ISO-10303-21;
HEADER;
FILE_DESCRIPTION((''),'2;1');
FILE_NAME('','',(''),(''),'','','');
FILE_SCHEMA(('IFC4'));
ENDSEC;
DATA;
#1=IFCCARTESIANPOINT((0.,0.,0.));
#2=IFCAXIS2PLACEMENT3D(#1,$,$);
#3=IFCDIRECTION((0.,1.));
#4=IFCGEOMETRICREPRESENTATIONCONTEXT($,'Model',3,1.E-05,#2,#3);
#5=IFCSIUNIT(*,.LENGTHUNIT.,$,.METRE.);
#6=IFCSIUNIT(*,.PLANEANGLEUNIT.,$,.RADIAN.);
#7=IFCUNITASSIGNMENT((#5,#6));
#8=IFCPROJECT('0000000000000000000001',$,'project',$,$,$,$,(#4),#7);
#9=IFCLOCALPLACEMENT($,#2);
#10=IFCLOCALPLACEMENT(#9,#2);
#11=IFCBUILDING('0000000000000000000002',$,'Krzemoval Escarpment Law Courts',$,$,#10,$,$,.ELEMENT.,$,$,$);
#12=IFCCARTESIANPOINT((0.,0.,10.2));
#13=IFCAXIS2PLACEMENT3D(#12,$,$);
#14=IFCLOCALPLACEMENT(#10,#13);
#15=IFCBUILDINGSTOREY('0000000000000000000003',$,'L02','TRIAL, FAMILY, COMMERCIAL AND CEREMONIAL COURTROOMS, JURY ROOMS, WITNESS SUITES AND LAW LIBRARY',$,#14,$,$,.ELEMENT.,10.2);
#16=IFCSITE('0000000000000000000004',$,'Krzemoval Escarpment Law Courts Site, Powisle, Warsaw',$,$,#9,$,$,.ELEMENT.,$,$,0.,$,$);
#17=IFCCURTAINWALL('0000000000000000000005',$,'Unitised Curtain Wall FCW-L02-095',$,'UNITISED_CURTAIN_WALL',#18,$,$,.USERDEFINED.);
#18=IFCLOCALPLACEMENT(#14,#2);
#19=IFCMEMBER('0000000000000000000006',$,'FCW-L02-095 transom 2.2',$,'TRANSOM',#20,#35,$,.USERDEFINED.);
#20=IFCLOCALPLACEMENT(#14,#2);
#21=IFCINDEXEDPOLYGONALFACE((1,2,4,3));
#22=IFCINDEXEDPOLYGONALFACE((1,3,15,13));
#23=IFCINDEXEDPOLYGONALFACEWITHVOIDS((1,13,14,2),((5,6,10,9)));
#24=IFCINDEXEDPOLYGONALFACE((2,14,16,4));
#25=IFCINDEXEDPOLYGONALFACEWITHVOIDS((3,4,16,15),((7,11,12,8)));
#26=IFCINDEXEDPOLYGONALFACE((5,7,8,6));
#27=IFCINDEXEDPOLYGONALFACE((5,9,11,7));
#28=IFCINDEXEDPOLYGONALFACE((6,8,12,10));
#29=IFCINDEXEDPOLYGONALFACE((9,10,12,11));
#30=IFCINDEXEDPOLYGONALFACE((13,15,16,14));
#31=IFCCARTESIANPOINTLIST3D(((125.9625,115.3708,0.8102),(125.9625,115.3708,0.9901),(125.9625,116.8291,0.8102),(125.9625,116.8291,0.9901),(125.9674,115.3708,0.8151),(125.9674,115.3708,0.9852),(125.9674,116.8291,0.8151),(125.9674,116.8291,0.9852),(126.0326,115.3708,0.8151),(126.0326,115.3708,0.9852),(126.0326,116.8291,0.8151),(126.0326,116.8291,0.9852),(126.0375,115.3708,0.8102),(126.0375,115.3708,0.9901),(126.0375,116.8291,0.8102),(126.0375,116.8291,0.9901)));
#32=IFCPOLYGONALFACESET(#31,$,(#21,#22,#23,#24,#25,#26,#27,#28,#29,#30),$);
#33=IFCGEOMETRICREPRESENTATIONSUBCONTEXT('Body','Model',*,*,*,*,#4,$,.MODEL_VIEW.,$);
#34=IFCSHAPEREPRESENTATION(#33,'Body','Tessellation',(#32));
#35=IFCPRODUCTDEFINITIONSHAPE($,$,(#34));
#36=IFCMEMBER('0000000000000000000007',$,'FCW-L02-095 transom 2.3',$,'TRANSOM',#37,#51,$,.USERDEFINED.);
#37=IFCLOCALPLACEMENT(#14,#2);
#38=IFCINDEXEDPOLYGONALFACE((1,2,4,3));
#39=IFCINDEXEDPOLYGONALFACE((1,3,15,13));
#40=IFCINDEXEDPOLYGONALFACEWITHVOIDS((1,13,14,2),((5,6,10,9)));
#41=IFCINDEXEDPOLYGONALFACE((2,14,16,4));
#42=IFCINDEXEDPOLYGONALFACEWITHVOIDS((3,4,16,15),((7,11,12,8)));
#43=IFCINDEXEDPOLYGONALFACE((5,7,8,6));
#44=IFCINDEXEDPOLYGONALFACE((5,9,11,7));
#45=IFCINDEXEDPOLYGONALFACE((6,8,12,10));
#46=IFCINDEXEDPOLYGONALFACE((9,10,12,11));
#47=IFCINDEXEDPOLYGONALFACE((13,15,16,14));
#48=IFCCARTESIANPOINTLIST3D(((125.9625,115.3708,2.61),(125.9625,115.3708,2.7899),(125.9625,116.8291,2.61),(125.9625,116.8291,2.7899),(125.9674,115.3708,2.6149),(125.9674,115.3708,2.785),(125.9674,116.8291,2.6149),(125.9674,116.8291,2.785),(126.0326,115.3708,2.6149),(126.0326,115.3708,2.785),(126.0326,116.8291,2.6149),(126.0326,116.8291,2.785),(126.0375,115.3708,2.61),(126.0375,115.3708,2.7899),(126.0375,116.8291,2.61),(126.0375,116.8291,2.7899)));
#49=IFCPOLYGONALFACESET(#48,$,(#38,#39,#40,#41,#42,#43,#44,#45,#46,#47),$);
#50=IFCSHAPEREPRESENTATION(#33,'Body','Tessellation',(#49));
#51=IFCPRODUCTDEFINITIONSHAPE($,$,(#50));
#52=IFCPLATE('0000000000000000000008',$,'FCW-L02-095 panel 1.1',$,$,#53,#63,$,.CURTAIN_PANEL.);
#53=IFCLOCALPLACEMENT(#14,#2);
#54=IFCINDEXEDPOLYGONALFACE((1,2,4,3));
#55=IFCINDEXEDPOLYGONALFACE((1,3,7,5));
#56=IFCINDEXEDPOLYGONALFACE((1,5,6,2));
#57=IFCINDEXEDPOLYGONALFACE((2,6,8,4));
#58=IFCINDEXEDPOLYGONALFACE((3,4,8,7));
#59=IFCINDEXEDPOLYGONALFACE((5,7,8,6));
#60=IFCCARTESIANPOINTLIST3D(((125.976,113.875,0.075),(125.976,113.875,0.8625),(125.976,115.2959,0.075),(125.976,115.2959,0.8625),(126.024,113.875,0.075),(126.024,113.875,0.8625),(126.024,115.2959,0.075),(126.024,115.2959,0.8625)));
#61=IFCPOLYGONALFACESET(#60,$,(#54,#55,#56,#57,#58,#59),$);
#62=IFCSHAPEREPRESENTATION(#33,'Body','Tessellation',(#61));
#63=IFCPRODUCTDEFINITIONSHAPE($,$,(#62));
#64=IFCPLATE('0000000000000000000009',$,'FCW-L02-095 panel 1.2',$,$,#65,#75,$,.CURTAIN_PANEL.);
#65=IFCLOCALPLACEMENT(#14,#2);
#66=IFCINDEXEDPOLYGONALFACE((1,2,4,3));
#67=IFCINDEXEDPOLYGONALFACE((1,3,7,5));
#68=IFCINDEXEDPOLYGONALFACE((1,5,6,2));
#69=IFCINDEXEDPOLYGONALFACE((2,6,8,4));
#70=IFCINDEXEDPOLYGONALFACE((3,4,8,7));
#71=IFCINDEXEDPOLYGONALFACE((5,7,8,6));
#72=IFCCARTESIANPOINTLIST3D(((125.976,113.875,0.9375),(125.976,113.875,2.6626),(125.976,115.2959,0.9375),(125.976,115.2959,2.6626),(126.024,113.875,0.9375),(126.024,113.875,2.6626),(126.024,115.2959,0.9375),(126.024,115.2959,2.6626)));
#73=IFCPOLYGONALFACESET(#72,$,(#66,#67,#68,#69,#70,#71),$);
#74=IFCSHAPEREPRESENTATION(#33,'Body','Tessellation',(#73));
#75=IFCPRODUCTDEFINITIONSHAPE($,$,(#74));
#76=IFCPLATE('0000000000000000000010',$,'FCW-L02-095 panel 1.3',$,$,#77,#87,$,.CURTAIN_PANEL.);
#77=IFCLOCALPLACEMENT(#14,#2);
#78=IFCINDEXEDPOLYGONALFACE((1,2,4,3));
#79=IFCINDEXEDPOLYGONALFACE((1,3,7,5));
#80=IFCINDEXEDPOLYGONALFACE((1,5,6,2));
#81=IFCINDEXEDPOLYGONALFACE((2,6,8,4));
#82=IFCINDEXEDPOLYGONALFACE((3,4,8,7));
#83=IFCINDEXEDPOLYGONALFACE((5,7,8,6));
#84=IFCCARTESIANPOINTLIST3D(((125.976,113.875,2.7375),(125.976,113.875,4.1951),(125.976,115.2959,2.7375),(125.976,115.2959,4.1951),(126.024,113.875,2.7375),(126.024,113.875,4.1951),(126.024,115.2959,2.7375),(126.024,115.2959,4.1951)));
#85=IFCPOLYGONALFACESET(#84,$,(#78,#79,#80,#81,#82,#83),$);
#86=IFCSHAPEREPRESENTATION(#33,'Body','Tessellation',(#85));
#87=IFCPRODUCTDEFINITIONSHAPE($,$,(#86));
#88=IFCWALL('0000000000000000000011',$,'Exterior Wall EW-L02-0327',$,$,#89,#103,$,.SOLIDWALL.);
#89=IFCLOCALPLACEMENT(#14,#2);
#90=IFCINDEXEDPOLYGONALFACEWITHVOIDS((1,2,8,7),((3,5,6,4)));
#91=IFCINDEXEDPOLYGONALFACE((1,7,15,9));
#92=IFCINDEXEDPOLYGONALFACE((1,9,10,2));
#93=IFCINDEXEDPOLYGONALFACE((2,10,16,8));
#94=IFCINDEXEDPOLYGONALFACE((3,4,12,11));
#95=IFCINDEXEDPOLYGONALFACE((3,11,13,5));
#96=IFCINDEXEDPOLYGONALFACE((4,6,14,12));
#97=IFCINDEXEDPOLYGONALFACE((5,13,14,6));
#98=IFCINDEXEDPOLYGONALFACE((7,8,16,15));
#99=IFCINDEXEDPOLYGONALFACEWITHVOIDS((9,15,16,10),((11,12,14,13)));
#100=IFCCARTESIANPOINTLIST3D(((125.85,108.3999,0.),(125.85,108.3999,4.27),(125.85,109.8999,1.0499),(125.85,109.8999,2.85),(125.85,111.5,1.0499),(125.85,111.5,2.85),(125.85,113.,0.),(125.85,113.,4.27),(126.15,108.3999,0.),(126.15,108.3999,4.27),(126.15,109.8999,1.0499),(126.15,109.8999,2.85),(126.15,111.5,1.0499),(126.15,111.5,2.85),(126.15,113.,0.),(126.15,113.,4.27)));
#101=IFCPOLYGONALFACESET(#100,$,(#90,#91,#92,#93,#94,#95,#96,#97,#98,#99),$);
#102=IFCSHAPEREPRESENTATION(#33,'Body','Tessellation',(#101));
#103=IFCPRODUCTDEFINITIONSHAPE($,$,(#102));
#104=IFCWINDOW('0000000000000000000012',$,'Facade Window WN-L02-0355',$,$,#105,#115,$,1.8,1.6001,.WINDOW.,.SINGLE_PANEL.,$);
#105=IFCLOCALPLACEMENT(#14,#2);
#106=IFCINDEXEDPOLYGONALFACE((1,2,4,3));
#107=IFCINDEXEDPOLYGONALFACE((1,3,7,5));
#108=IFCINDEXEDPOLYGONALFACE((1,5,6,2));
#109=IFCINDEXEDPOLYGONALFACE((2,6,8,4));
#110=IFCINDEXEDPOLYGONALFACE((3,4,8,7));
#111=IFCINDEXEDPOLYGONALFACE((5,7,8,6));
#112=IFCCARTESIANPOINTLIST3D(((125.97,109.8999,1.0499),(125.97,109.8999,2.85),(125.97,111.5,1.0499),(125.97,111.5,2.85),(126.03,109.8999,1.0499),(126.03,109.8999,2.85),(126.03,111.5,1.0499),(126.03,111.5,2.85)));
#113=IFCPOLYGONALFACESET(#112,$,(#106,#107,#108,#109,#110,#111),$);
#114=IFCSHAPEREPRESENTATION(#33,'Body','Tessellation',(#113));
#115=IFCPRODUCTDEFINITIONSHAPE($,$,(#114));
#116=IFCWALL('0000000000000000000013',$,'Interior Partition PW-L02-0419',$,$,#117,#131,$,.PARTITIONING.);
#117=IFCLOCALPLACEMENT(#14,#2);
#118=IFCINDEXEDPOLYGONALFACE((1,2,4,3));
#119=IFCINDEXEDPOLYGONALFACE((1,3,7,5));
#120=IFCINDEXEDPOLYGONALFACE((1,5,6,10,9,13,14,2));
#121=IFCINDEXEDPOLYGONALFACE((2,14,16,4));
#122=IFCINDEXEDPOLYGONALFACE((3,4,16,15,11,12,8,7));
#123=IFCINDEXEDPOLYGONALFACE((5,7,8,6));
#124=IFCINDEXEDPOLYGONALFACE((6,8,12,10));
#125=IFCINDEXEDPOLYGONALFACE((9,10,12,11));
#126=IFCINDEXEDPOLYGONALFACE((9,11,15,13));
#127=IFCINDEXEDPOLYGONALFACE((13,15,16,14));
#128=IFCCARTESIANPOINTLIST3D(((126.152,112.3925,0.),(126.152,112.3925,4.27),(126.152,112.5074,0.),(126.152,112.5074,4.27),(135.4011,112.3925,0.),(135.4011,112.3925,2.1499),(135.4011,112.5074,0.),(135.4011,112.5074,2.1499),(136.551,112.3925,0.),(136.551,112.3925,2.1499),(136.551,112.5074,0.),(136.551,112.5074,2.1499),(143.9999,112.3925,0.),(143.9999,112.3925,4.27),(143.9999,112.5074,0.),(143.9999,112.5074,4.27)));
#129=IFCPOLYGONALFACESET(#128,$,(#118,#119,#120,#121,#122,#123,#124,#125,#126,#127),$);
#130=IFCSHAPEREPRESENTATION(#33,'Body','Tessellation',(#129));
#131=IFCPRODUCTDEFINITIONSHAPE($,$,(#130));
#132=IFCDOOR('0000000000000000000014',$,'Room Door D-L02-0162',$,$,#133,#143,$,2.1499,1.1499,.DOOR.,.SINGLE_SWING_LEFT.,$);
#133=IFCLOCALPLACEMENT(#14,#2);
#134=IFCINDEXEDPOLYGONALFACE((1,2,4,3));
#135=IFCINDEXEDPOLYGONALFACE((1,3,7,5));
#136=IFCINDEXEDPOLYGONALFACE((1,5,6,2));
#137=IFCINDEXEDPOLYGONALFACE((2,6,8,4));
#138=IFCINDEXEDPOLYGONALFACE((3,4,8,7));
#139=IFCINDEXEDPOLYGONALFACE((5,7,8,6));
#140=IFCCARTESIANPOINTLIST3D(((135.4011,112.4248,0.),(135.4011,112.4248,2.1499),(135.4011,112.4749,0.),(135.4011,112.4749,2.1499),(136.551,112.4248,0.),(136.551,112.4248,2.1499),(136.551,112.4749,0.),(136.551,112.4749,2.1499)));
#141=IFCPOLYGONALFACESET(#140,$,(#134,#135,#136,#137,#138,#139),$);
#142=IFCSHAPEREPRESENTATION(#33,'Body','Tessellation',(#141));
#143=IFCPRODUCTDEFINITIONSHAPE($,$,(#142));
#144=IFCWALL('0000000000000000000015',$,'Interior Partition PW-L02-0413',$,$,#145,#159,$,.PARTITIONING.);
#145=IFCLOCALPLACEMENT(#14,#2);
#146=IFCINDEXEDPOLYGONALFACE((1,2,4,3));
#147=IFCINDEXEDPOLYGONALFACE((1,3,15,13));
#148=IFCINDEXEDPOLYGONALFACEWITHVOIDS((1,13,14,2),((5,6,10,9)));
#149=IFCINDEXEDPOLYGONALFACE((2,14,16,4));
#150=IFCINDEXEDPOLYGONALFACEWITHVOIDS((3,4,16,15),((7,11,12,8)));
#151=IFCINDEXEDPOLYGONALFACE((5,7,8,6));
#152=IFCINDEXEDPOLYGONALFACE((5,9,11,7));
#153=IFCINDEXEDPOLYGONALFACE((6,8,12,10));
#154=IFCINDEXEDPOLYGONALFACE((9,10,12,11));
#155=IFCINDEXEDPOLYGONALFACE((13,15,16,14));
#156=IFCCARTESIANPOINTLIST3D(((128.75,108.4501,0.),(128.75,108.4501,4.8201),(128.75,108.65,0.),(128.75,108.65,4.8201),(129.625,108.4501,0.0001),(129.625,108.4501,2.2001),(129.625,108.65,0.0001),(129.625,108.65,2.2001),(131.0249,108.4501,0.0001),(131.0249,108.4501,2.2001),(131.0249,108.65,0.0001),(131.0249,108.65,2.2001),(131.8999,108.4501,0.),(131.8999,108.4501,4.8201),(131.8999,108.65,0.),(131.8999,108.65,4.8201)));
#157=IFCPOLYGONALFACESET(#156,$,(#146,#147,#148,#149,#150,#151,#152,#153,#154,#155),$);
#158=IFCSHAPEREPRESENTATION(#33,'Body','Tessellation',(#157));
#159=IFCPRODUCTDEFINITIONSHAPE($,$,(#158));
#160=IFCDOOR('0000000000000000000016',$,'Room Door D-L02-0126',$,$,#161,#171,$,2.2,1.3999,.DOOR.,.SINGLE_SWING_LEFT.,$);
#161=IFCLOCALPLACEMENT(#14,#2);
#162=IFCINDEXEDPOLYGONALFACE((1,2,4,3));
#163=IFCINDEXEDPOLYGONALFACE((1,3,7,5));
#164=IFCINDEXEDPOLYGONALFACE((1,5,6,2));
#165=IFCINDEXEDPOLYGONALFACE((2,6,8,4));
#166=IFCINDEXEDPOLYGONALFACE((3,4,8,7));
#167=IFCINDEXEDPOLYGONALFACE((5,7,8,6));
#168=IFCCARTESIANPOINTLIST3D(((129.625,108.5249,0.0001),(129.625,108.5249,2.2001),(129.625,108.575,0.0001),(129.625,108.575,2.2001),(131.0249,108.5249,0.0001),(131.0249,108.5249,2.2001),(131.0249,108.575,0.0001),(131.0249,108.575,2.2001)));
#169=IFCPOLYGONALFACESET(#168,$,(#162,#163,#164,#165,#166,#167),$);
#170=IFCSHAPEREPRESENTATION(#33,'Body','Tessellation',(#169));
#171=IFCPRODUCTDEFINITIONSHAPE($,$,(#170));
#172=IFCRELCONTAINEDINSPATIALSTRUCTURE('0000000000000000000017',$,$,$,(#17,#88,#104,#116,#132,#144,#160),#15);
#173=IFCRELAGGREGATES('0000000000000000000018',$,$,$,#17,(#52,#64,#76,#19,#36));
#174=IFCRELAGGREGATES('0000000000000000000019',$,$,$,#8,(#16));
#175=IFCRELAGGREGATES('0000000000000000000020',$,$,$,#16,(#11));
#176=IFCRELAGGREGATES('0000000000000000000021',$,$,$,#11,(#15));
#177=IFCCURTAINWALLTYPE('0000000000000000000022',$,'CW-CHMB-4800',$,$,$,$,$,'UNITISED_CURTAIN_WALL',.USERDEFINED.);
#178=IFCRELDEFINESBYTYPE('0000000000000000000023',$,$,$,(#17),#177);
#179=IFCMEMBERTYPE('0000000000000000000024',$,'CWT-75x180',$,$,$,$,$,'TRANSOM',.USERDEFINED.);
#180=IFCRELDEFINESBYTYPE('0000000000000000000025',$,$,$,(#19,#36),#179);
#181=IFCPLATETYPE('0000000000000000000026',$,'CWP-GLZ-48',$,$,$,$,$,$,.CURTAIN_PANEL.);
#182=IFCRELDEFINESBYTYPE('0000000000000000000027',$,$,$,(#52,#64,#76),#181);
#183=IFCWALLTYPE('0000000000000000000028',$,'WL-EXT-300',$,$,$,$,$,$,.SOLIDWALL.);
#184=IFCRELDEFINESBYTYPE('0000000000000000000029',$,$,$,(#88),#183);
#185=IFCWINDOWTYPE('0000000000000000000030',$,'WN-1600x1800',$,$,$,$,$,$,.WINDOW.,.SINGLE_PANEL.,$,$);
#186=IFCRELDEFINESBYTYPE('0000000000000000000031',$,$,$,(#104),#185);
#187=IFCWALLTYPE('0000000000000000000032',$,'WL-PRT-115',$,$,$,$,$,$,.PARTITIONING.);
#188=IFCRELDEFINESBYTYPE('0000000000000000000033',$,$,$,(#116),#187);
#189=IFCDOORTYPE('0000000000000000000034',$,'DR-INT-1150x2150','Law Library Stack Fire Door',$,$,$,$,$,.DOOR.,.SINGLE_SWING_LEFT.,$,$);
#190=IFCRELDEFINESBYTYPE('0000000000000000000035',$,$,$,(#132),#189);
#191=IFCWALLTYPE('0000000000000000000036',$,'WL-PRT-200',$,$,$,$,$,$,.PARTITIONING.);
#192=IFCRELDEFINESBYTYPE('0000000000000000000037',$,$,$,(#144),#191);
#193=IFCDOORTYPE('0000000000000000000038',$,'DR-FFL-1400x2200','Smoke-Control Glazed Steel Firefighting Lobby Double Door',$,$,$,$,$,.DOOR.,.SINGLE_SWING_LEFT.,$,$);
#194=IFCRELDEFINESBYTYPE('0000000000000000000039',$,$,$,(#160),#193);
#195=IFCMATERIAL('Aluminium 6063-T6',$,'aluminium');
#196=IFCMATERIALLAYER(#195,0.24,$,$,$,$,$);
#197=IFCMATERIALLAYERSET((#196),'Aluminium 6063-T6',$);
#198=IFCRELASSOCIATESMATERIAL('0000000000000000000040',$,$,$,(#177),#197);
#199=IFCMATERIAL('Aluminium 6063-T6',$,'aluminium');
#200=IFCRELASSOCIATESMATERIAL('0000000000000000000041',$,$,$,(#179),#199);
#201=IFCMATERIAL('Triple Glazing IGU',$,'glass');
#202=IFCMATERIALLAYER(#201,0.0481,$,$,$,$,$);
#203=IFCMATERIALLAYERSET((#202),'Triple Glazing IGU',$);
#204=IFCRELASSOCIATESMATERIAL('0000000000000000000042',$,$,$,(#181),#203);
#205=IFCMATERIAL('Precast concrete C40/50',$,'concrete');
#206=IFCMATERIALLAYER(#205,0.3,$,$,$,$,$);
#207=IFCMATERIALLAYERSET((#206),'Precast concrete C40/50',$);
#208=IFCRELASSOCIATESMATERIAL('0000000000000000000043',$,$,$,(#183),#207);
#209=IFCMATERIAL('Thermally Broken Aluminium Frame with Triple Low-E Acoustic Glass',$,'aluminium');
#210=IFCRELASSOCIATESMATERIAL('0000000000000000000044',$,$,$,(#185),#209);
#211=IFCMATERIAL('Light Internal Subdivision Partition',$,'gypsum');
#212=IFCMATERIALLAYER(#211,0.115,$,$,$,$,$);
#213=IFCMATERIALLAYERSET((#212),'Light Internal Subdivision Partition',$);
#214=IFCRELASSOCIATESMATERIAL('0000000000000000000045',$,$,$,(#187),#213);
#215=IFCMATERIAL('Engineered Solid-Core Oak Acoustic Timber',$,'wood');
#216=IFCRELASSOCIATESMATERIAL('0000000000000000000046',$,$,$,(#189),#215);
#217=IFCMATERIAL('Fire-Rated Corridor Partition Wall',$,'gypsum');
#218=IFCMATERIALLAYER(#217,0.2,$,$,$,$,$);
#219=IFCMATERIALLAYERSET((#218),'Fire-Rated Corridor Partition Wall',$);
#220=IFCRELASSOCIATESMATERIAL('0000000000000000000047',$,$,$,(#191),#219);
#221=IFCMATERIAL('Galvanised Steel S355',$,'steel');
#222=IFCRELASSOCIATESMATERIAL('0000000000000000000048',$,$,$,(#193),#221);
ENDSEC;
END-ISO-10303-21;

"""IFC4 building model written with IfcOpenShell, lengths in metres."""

from ifc_helpers import new_model, si_unit, direction, frame, frame_2d, origin, origin_2d, place, context, subcontext, project, spatial, rectangle, hollow_rectangle, extrude, material, layer, layer_set, material_profile, profile_set, type_object, element, fill, aggregate, save


model = new_model("IFC4")

# Units and contexts
model_context = context("Model", 3, precision=1e-05, world=origin(), true_north=direction((0.0, 1.0)))
body_context = subcontext(model_context, "Body", "Model", "MODEL_VIEW")
ifc_project = project(units=[si_unit("LENGTHUNIT", "METRE"), si_unit("PLANEANGLEUNIT", "RADIAN")], contexts=[model_context])

# Site, building, storey
site_placement = place(None, origin())
site = spatial("IfcSite", under=ifc_project, at=site_placement, Name="Krzemoval Escarpment Law Courts Site, Powisle, Warsaw", CompositionType="ELEMENT", RefElevation=0.0)
building_placement = place(site_placement, origin())
building = spatial("IfcBuilding", under=site, at=building_placement, Name="Krzemoval Escarpment Law Courts", CompositionType="ELEMENT")
storey_placement = place(building_placement, frame((0.0, 0.0, 10.2)))
storey = spatial("IfcBuildingStorey", under=building, at=storey_placement, Name="L02", Description="TRIAL, FAMILY, COMMERCIAL AND CEREMONIAL COURTROOMS, JURY ROOMS, WITNESS SUITES AND LAW LIBRARY", CompositionType="ELEMENT", Elevation=10.2)

# Curtain wall, members, plates
ifc_material_1 = material(Name="Aluminium 6063-T6", Category="aluminium")
ifc_layer_1 = layer(ifc_material_1, 0.24)
ifc_layer_set_1 = layer_set([ifc_layer_1], Name="Aluminium 6063-T6")
curtain_wall_type = type_object("IfcCurtainWallType", Name="CW-CHMB-4800", ElementType="UNITISED_CURTAIN_WALL", PredefinedType="USERDEFINED", material=ifc_layer_set_1)
curtain_wall_placement = place(storey_placement, origin())
curtain_wall = element("IfcCurtainWall", 1, at=curtain_wall_placement, inside=storey, type_object=curtain_wall_type, Name="Unitised Curtain Wall FCW-L02-095", ObjectType="UNITISED_CURTAIN_WALL", PredefinedType="USERDEFINED")
ifc_material_2 = material(Name="Aluminium 6063-T6", Category="aluminium")
ifc_material_profile_1 = material_profile(ifc_material_2, hollow_rectangle(XDim=0.075, YDim=0.1799, WallThickness=0.0049, at=origin_2d()), Name="ALU T75x180")
ifc_profile_set_1 = profile_set([ifc_material_profile_1], Name="Aluminium 6063-T6")
member_type_1 = type_object("IfcMemberType", Name="CWT-75x180", ElementType="TRANSOM", PredefinedType="USERDEFINED", material=ifc_profile_set_1)
member_1_placement = place(storey_placement, frame((126.0, 115.3708, 0.9001), z_axis=(0.0, 1.0, 0.0), x_axis=(-1.0, 0.0, 0.0)))
member_1 = element("IfcMember", 2, at=member_1_placement, type_object=member_type_1, Name="FCW-L02-095 transom 2.2", ObjectType="TRANSOM", PredefinedType="USERDEFINED", context=body_context, shape_type="SweptSolid", body=[
    extrude(hollow_rectangle(XDim=0.075, YDim=0.1799, WallThickness=0.0049, at=origin_2d()), origin(), (0.0, 0.0, 1.0), 1.4583),
])
member_2_placement = place(storey_placement, frame((126.0, 115.3708, 2.7), z_axis=(0.0, 1.0, 0.0), x_axis=(-1.0, 0.0, 0.0)))
member_2 = element("IfcMember", 3, at=member_2_placement, type_object=member_type_1, Name="FCW-L02-095 transom 2.3", ObjectType="TRANSOM", PredefinedType="USERDEFINED", context=body_context, shape_type="SweptSolid", body=[
    extrude(hollow_rectangle(XDim=0.075, YDim=0.1799, WallThickness=0.0049, at=origin_2d()), origin(), (0.0, 0.0, 1.0), 1.4583),
])
ifc_material_3 = material(Name="Triple Glazing IGU", Category="glass")
ifc_layer_2 = layer(ifc_material_3, 0.0481)
ifc_layer_set_2 = layer_set([ifc_layer_2], Name="Triple Glazing IGU")
plate_type = type_object("IfcPlateType", Name="CWP-GLZ-48", PredefinedType="CURTAIN_PANEL", material=ifc_layer_set_2)
plate_1_placement = place(storey_placement, frame((126.0, 114.5854, 0.075), z_axis=(0.0, 0.0, 1.0), x_axis=(0.0, 1.0, 0.0)))
plate_1 = element("IfcPlate", 4, at=plate_1_placement, type_object=plate_type, Name="FCW-L02-095 panel 1.1", PredefinedType="CURTAIN_PANEL", context=body_context, shape_type="SweptSolid", body=[
    extrude(rectangle(XDim=1.4209, YDim=0.0481, at=origin_2d()), origin(), (0.0, 0.0, 1.0), 0.7876),
])
plate_2_placement = place(storey_placement, frame((126.0, 114.5854, 0.9375), z_axis=(0.0, 0.0, 1.0), x_axis=(0.0, 1.0, 0.0)))
plate_2 = element("IfcPlate", 5, at=plate_2_placement, type_object=plate_type, Name="FCW-L02-095 panel 1.2", PredefinedType="CURTAIN_PANEL", context=body_context, shape_type="SweptSolid", body=[
    extrude(rectangle(XDim=1.4209, YDim=0.0481, at=origin_2d()), origin(), (0.0, 0.0, 1.0), 1.7251),
])
plate_3_placement = place(storey_placement, frame((126.0, 114.5854, 2.7375), z_axis=(0.0, 0.0, 1.0), x_axis=(0.0, 1.0, 0.0)))
plate_3 = element("IfcPlate", 6, at=plate_3_placement, type_object=plate_type, Name="FCW-L02-095 panel 1.3", PredefinedType="CURTAIN_PANEL", context=body_context, shape_type="SweptSolid", body=[
    extrude(rectangle(XDim=1.4209, YDim=0.0481, at=origin_2d()), origin(), (0.0, 0.0, 1.0), 1.4575),
])
aggregate(curtain_wall, [plate_1, plate_2, plate_3, member_1, member_2])

# Wall, opening, window
ifc_material_4 = material(Name="Precast concrete C40/50", Category="concrete")
ifc_layer_3 = layer(ifc_material_4, 0.3)
ifc_layer_set_3 = layer_set([ifc_layer_3], Name="Precast concrete C40/50")
wall_type_1 = type_object("IfcWallType", Name="WL-EXT-300", PredefinedType="SOLIDWALL", material=ifc_layer_set_3)
wall_1_placement = place(storey_placement, frame((126.0, 108.3999, 0.0), z_axis=(0.0, 0.0, 1.0), x_axis=(0.0, 1.0, 0.0)))
wall_1 = element("IfcWall", 7, at=wall_1_placement, inside=storey, type_object=wall_type_1, Name="Exterior Wall EW-L02-0327", PredefinedType="SOLIDWALL", context=body_context, shape_type="SweptSolid", body=[
    extrude(rectangle(XDim=4.6001, YDim=0.3, at=frame_2d((2.3, 0.0))), origin(), (0.0, 0.0, 1.0), 4.27),
])
opening_1_placement = place(wall_1_placement, frame((1.5, 0.0, 1.05)))
opening_1 = element("IfcOpeningElement", 8, at=opening_1_placement, cuts=wall_1, PredefinedType="OPENING", context=body_context, shape_type="SweptSolid", body=[
    extrude(rectangle(XDim=1.6001, YDim=1.8, at=frame_2d((0.8, 0.8999))), frame((0.0, 0.165, 0.0), z_axis=(0.0, -1.0, 0.0), x_axis=(1.0, 0.0, 0.0)), (0.0, 0.0, 1.0), 0.3301),
])
ifc_material_5 = material(Name="Thermally Broken Aluminium Frame with Triple Low-E Acoustic Glass", Category="aluminium")
window_type = type_object("IfcWindowType", Name="WN-1600x1800", PartitioningType="SINGLE_PANEL", PredefinedType="WINDOW", material=ifc_material_5)
window_placement = place(opening_1_placement, origin())
window = element("IfcWindow", 9, at=window_placement, inside=storey, type_object=window_type, Name="Facade Window WN-L02-0355", OverallHeight=1.8, OverallWidth=1.6001, PartitioningType="SINGLE_PANEL", PredefinedType="WINDOW", context=body_context, shape_type="SweptSolid", body=[
    extrude(rectangle(XDim=1.6001, YDim=1.8, at=frame_2d((0.8, 0.8999))), frame((0.0, 0.03, 0.0), z_axis=(0.0, -1.0, 0.0), x_axis=(1.0, 0.0, 0.0)), (0.0, 0.0, 1.0), 0.0601),
])
fill(opening_1, window)

# Walls, openings, doors
ifc_material_6 = material(Name="Light Internal Subdivision Partition", Category="gypsum")
ifc_layer_4 = layer(ifc_material_6, 0.115)
ifc_layer_set_4 = layer_set([ifc_layer_4], Name="Light Internal Subdivision Partition")
wall_type_2 = type_object("IfcWallType", Name="WL-PRT-115", PredefinedType="PARTITIONING", material=ifc_layer_set_4)
wall_2_placement = place(storey_placement, frame((126.1521, 112.45, 0.0), z_axis=(0.0, 0.0, 1.0), x_axis=(1.0, 0.0, 0.0)))
wall_2 = element("IfcWall", 10, at=wall_2_placement, inside=storey, type_object=wall_type_2, Name="Interior Partition PW-L02-0419", PredefinedType="PARTITIONING", context=body_context, shape_type="SweptSolid", body=[
    extrude(rectangle(XDim=17.8479, YDim=0.115, at=frame_2d((8.9238, 0.0))), origin(), (0.0, 0.0, 1.0), 4.27),
])
opening_2_placement = place(wall_2_placement, frame((9.249, 0.0, 0.0)))
opening_2 = element("IfcOpeningElement", 11, at=opening_2_placement, cuts=wall_2, PredefinedType="OPENING", context=body_context, shape_type="SweptSolid", body=[
    extrude(rectangle(XDim=1.1499, YDim=2.1499, at=frame_2d((0.575, 1.075))), frame((0.0, 0.0725, 0.0), z_axis=(0.0, -1.0, 0.0), x_axis=(1.0, 0.0, 0.0)), (0.0, 0.0, 1.0), 0.145),
])
ifc_material_7 = material(Name="Engineered Solid-Core Oak Acoustic Timber", Category="wood")
door_type_1 = type_object("IfcDoorType", Name="DR-INT-1150x2150", Description="Law Library Stack Fire Door", OperationType="SINGLE_SWING_LEFT", PredefinedType="DOOR", material=ifc_material_7)
door_1_placement = place(opening_2_placement, origin())
door_1 = element("IfcDoor", 12, at=door_1_placement, inside=storey, type_object=door_type_1, Name="Room Door D-L02-0162", OperationType="SINGLE_SWING_LEFT", OverallHeight=2.1499, OverallWidth=1.1499, PredefinedType="DOOR", context=body_context, shape_type="SweptSolid", body=[
    extrude(rectangle(XDim=1.1499, YDim=2.1499, at=frame_2d((0.575, 1.075))), frame((0.0, 0.0249, 0.0), z_axis=(0.0, -1.0, 0.0), x_axis=(1.0, 0.0, 0.0)), (0.0, 0.0, 1.0), 0.05),
])
fill(opening_2, door_1)
ifc_material_8 = material(Name="Fire-Rated Corridor Partition Wall", Category="gypsum")
ifc_layer_5 = layer(ifc_material_8, 0.2)
ifc_layer_set_5 = layer_set([ifc_layer_5], Name="Fire-Rated Corridor Partition Wall")
wall_type_3 = type_object("IfcWallType", Name="WL-PRT-200", PredefinedType="PARTITIONING", material=ifc_layer_set_5)
wall_3_placement = place(storey_placement, frame((128.75, 108.55, 0.0), z_axis=(0.0, 0.0, 1.0), x_axis=(1.0, 0.0, 0.0)))
wall_3 = element("IfcWall", 13, at=wall_3_placement, inside=storey, type_object=wall_type_3, Name="Interior Partition PW-L02-0413", PredefinedType="PARTITIONING", context=body_context, shape_type="SweptSolid", body=[
    extrude(rectangle(XDim=3.1499, YDim=0.2, at=frame_2d((1.575, 0.0))), origin(), (0.0, 0.0, 1.0), 4.8201),
])
opening_3_placement = place(wall_3_placement, frame((0.875, 0.0, 0.0)))
opening_3 = element("IfcOpeningElement", 14, at=opening_3_placement, cuts=wall_3, PredefinedType="OPENING", context=body_context, shape_type="SweptSolid", body=[
    extrude(rectangle(XDim=1.3999, YDim=2.2, at=frame_2d((0.7, 1.1001))), frame((0.0, 0.115, 0.0), z_axis=(0.0, -1.0, 0.0), x_axis=(1.0, 0.0, 0.0)), (0.0, 0.0, 1.0), 0.2299),
])
ifc_material_9 = material(Name="Galvanised Steel S355", Category="steel")
door_type_2 = type_object("IfcDoorType", Name="DR-FFL-1400x2200", Description="Smoke-Control Glazed Steel Firefighting Lobby Double Door", OperationType="SINGLE_SWING_LEFT", PredefinedType="DOOR", material=ifc_material_9)
door_2_placement = place(opening_3_placement, origin())
door_2 = element("IfcDoor", 15, at=door_2_placement, inside=storey, type_object=door_type_2, Name="Room Door D-L02-0126", OperationType="SINGLE_SWING_LEFT", OverallHeight=2.2, OverallWidth=1.3999, PredefinedType="DOOR", context=body_context, shape_type="SweptSolid", body=[
    extrude(rectangle(XDim=1.3999, YDim=2.2, at=frame_2d((0.7, 1.1001))), frame((0.0, 0.0249, 0.0), z_axis=(0.0, -1.0, 0.0), x_axis=(1.0, 0.0, 0.0)), (0.0, 0.0, 1.0), 0.05),
])
fill(opening_3, door_2)

save(model, "model.ifc")
